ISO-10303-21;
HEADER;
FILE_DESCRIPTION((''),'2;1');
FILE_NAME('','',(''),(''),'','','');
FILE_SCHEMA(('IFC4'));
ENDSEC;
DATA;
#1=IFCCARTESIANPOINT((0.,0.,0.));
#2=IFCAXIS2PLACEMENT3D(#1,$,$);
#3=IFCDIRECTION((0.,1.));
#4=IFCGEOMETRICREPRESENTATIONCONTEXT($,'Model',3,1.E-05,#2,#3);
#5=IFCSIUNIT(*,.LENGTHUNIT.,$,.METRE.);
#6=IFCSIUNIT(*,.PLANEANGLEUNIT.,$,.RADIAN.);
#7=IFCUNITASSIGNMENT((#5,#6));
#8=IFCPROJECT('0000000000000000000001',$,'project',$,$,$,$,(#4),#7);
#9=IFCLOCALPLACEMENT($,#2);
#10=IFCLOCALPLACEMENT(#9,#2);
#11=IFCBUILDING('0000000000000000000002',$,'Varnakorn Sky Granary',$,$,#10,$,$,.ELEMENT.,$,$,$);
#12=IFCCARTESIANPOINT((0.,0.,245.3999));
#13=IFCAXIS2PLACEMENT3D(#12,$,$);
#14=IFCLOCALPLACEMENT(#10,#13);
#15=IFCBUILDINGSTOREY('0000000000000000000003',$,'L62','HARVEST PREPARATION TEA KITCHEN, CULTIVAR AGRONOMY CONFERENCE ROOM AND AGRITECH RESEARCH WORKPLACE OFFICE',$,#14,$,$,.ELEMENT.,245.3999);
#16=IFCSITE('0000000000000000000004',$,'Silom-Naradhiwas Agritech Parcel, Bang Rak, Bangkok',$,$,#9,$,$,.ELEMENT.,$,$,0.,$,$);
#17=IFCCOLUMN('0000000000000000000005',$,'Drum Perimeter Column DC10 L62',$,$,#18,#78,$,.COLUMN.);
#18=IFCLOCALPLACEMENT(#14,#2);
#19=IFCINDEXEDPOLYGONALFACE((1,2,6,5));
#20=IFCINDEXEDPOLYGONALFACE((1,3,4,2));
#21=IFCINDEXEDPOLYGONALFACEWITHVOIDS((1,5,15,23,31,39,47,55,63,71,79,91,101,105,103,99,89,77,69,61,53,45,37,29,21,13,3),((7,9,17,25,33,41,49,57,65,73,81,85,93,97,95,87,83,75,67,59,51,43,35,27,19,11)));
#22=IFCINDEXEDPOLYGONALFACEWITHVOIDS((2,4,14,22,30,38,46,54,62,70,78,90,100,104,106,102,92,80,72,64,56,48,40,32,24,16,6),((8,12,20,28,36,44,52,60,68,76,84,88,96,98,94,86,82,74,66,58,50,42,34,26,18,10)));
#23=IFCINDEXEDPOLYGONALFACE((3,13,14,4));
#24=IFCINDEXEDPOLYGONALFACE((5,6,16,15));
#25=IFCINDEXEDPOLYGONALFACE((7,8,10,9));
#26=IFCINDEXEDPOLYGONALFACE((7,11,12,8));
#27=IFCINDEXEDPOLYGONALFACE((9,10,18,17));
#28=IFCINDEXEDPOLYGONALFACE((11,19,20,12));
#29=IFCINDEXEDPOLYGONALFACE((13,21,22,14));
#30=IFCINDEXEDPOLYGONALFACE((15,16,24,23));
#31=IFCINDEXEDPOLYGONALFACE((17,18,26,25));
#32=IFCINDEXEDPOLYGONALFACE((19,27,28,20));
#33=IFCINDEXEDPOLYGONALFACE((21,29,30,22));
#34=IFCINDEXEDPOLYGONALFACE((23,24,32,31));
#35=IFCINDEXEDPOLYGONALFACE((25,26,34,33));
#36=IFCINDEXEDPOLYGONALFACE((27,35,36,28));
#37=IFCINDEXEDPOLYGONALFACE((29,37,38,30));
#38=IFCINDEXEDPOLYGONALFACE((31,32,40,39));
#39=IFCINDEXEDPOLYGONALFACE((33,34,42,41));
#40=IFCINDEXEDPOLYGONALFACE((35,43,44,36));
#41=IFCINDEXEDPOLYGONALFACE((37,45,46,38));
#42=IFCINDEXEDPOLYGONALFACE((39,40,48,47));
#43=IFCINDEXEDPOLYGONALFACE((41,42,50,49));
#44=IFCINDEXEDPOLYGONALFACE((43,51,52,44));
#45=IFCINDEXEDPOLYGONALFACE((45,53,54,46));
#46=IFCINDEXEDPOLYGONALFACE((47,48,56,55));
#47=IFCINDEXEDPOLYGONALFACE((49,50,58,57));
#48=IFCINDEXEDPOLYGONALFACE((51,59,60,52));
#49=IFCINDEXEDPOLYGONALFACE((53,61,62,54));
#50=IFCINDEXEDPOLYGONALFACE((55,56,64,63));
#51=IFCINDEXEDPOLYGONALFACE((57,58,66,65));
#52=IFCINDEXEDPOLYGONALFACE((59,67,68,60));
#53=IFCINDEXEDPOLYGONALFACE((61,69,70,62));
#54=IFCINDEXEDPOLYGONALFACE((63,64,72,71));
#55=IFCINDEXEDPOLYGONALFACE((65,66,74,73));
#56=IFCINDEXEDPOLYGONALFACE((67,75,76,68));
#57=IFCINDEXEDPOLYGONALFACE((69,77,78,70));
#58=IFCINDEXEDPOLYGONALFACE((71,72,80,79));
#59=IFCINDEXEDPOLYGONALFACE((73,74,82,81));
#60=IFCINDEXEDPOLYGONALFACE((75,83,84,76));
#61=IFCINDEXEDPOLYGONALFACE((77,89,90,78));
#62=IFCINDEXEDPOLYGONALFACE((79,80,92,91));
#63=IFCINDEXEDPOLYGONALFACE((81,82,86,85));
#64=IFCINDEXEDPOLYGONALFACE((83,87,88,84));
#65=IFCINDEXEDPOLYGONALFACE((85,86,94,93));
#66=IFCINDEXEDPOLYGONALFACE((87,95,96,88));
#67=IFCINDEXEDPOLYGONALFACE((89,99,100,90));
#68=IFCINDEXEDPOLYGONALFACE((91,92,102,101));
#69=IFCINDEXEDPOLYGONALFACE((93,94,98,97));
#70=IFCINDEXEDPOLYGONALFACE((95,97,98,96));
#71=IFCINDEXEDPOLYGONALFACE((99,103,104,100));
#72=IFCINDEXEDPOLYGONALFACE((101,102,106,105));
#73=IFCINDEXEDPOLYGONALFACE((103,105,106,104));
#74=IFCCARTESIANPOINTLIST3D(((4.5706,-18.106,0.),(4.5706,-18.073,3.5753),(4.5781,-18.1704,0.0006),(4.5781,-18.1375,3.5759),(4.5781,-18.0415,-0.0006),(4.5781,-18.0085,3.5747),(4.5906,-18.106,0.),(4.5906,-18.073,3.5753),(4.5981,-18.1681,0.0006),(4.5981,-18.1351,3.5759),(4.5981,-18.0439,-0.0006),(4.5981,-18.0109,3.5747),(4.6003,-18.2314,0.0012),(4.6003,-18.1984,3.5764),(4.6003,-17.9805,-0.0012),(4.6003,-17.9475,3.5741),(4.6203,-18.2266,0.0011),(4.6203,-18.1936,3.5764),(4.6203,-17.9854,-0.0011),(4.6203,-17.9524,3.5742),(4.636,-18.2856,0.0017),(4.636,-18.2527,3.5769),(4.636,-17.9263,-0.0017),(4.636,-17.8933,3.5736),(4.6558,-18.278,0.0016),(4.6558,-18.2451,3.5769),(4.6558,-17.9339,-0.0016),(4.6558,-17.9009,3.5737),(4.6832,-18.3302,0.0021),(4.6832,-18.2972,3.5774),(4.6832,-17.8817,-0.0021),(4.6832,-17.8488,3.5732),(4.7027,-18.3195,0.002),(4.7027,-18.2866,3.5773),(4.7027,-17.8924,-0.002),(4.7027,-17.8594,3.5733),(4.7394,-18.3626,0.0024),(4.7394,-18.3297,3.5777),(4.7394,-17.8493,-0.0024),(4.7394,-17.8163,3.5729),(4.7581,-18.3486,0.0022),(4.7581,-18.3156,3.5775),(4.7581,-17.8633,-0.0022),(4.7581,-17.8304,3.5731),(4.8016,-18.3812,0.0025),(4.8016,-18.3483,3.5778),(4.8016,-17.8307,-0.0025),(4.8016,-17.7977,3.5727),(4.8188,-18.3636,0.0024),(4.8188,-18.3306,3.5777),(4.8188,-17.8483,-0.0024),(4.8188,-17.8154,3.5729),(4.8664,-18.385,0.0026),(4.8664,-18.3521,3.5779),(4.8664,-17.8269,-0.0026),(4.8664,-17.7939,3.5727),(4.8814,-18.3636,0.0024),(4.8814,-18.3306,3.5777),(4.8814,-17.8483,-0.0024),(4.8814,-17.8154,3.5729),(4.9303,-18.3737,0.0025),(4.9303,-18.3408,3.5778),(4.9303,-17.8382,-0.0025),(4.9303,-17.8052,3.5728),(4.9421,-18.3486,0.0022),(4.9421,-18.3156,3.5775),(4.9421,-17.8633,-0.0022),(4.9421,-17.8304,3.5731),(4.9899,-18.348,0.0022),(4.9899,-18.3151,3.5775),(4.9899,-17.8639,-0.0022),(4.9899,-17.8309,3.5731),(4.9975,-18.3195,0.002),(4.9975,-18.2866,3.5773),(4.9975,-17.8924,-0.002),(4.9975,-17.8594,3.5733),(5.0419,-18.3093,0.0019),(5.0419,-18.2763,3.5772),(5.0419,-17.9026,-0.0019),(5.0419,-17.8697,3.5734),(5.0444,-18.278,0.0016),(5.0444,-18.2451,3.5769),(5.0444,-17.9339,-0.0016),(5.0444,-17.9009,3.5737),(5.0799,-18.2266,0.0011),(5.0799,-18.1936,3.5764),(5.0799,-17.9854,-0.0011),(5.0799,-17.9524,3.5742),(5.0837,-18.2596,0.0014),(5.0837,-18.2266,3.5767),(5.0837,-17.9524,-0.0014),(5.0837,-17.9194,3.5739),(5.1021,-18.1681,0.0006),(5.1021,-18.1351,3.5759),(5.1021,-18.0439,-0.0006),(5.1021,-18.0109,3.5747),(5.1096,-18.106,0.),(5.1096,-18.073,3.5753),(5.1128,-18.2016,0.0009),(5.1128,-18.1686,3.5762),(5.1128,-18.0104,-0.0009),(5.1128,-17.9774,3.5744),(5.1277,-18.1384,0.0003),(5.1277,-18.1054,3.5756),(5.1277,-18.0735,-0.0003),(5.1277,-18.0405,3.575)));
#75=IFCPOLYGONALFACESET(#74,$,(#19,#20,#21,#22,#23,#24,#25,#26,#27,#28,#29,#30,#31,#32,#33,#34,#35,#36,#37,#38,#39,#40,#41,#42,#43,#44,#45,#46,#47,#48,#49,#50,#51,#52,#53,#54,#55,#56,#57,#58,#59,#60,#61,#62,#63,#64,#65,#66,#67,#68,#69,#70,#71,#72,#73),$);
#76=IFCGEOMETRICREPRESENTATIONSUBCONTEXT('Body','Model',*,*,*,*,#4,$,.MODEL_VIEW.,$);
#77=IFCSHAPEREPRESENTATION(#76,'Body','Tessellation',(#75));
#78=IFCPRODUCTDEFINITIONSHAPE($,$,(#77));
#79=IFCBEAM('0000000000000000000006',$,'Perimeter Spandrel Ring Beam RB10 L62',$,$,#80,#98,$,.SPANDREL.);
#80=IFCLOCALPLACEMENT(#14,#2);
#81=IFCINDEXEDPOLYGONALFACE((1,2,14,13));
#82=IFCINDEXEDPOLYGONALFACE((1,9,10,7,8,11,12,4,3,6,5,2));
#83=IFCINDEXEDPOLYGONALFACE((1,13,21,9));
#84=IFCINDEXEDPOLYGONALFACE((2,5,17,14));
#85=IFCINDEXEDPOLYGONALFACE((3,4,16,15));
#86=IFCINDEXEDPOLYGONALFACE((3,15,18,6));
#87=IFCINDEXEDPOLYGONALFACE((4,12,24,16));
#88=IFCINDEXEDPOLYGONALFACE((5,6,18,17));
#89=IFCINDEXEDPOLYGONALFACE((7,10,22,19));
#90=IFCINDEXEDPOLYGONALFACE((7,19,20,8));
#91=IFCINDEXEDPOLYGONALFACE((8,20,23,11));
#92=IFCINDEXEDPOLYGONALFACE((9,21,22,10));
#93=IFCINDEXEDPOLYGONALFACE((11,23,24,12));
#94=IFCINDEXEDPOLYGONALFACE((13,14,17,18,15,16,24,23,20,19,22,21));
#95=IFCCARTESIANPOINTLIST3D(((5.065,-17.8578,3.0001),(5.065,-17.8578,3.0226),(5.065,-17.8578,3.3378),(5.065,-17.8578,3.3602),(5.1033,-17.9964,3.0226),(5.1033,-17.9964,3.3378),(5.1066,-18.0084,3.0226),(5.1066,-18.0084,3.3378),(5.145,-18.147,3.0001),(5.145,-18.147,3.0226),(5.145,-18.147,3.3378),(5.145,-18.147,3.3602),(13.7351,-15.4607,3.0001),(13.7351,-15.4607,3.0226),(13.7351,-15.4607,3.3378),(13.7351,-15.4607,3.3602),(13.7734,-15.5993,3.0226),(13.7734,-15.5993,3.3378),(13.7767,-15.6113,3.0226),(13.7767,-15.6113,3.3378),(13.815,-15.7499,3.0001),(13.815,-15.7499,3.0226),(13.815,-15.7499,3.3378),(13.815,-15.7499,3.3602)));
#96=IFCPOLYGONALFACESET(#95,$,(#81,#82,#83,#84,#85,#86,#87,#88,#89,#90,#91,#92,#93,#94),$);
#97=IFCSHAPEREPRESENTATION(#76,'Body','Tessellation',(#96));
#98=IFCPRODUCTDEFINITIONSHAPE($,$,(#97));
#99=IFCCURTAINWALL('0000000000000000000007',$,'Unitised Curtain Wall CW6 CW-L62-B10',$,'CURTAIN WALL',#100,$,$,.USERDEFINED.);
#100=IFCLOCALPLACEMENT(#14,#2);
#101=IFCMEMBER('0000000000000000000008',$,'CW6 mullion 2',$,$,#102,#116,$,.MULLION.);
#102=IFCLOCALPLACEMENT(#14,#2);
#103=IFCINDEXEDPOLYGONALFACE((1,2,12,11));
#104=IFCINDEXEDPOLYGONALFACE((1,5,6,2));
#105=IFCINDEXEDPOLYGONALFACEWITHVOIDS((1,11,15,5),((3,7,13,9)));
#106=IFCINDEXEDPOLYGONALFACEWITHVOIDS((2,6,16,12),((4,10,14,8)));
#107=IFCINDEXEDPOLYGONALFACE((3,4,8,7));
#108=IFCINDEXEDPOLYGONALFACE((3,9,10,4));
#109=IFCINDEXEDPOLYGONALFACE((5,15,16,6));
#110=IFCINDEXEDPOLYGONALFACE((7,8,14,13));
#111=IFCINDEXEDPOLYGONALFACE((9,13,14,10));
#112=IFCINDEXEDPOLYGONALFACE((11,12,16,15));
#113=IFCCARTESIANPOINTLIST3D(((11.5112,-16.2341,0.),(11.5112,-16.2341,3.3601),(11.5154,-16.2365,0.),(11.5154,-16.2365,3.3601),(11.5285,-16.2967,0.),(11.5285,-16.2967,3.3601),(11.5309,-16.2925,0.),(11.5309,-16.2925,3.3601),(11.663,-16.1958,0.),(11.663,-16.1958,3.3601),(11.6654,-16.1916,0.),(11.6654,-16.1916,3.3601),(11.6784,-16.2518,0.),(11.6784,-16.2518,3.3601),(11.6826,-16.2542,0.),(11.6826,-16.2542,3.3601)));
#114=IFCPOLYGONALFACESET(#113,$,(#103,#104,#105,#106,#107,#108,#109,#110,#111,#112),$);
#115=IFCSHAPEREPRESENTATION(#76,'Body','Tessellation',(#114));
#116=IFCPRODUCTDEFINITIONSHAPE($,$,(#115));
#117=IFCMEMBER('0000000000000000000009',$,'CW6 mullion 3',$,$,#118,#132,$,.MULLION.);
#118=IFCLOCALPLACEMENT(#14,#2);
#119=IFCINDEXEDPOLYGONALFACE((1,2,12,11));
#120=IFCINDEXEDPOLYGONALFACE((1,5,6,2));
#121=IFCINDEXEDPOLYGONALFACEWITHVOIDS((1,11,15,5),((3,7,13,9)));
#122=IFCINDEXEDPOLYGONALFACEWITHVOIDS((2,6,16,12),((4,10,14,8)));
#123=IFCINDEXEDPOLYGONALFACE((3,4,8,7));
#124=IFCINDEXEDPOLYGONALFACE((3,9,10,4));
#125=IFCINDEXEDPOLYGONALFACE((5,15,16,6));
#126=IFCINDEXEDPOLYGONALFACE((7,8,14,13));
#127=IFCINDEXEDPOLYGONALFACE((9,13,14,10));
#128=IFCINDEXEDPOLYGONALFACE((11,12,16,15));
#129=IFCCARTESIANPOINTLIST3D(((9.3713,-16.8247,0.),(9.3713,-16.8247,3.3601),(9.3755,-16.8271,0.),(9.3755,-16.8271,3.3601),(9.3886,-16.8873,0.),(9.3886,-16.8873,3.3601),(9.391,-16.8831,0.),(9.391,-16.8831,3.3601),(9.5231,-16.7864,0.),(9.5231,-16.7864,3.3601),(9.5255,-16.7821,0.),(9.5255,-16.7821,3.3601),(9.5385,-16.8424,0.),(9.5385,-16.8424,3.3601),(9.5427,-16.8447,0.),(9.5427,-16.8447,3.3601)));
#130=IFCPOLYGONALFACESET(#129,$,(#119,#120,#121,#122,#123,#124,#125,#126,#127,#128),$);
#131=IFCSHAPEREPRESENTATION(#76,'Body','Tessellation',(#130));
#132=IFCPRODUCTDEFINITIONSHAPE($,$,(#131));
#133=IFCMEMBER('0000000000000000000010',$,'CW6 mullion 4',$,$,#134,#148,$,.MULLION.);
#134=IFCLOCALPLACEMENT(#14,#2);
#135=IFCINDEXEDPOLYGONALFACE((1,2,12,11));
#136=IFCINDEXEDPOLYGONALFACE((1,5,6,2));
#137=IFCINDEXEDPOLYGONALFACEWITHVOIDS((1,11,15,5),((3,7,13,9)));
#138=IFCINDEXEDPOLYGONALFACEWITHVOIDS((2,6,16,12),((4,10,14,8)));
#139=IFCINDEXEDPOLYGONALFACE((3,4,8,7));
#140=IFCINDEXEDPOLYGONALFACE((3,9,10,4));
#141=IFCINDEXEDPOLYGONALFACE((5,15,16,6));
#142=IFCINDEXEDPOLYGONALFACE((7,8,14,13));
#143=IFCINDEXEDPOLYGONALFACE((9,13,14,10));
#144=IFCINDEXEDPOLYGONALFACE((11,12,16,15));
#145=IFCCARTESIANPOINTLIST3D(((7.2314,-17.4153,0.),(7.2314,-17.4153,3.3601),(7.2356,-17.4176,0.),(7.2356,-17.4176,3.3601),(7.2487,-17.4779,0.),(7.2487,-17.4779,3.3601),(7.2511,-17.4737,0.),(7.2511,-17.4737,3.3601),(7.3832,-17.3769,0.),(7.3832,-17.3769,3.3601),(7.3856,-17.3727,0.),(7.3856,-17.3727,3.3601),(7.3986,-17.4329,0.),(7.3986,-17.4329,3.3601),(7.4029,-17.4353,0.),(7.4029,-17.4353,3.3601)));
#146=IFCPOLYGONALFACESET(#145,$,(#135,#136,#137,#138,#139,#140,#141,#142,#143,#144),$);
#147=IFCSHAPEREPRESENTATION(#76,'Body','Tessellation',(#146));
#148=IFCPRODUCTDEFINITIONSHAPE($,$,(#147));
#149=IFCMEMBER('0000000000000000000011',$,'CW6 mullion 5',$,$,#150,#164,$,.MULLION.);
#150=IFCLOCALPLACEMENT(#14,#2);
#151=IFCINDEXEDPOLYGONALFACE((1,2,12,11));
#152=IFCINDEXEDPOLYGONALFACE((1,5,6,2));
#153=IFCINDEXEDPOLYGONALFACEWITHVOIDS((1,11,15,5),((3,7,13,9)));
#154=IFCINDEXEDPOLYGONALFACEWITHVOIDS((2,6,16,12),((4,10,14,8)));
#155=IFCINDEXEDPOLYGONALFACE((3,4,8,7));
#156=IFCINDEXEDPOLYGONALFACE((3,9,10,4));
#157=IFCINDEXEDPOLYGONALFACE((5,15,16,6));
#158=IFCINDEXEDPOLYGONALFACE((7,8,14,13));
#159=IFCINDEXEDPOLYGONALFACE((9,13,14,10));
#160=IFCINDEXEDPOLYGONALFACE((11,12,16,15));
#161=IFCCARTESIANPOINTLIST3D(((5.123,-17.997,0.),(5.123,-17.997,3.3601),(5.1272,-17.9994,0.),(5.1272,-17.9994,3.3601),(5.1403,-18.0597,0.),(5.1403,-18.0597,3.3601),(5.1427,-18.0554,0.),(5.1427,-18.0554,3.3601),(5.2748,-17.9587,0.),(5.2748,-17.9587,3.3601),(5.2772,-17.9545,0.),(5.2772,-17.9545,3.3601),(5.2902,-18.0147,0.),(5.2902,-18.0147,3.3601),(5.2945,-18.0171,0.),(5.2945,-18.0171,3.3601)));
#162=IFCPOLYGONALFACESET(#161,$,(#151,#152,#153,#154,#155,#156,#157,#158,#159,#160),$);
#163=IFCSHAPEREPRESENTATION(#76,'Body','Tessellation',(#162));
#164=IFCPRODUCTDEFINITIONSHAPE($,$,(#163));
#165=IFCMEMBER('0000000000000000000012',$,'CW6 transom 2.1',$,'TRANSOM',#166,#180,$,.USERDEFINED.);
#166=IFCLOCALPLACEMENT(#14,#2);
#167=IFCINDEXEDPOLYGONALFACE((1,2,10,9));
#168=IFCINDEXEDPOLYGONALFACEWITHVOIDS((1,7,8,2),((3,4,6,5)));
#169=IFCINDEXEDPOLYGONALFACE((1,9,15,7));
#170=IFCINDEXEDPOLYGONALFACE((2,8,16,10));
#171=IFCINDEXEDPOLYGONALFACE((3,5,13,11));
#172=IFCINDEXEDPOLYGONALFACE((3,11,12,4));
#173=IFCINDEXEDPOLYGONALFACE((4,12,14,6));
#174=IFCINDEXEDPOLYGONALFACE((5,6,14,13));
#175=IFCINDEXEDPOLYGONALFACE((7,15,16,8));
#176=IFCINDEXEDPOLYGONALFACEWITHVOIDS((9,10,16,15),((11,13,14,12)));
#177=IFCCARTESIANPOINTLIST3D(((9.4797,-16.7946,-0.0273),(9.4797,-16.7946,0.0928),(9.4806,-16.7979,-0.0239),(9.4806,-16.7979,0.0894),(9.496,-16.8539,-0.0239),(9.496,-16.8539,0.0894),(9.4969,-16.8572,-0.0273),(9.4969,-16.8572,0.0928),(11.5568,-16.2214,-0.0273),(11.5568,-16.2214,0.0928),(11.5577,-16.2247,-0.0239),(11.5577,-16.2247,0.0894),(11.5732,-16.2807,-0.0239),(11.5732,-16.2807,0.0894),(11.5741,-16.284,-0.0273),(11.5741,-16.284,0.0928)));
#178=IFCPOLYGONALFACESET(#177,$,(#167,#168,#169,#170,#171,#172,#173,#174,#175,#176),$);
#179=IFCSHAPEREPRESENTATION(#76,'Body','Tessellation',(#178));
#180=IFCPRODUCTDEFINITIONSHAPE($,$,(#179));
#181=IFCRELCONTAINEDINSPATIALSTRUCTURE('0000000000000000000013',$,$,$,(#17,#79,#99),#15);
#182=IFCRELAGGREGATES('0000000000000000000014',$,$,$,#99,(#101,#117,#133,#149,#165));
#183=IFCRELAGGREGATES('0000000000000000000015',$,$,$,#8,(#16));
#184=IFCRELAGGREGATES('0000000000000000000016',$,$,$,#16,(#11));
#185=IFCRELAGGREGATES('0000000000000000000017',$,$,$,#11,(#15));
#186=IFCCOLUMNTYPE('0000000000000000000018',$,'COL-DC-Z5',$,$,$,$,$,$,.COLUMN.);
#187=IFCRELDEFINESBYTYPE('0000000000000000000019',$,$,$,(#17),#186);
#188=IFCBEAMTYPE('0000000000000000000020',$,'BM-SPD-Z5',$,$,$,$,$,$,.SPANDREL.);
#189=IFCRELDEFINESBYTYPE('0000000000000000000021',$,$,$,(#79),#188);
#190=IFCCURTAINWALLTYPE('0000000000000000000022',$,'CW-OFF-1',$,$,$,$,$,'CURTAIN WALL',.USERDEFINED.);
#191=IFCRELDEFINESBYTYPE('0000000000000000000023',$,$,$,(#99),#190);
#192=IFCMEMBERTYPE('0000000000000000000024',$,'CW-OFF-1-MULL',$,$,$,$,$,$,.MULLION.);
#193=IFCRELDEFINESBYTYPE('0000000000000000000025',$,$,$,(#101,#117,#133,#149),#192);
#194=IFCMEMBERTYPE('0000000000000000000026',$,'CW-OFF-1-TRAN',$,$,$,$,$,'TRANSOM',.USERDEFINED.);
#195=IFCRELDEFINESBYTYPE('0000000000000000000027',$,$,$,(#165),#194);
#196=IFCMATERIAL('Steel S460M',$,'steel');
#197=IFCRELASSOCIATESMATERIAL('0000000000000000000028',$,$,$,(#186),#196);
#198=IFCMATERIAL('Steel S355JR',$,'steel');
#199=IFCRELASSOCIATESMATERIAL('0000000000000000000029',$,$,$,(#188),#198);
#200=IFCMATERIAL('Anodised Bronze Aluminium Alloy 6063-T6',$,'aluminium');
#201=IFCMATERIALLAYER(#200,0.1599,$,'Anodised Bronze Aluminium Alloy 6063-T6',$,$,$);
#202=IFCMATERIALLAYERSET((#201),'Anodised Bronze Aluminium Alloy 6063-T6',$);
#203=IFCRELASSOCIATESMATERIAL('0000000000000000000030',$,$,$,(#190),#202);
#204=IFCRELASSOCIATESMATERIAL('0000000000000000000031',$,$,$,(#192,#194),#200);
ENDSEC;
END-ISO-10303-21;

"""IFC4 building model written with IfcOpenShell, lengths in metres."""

from ifc_helpers import new_model, si_unit, direction, frame, origin, origin_2d, place, context, subcontext, project, spatial, hollow_rectangle, hollow_circle, i_section, extrude, material, layer, layer_set, material_profile, profile_set, type_object, element, aggregate, save


model = new_model("IFC4")

# Units and contexts
model_context = context("Model", 3, precision=1e-05, world=origin(), true_north=direction((0.0, 1.0)))
body_context = subcontext(model_context, "Body", "Model", "MODEL_VIEW")
ifc_project = project(units=[si_unit("LENGTHUNIT", "METRE"), si_unit("PLANEANGLEUNIT", "RADIAN")], contexts=[model_context])

# Site, building, storey
site_placement = place(None, origin())
site = spatial("IfcSite", under=ifc_project, at=site_placement, Name="Silom-Naradhiwas Agritech Parcel, Bang Rak, Bangkok", CompositionType="ELEMENT", RefElevation=0.0)
building_placement = place(site_placement, origin())
building = spatial("IfcBuilding", under=site, at=building_placement, Name="Varnakorn Sky Granary", CompositionType="ELEMENT")
storey_placement = place(building_placement, frame((0.0, 0.0, 245.3999)))
storey = spatial("IfcBuildingStorey", under=building, at=storey_placement, Name="L62", Description="HARVEST PREPARATION TEA KITCHEN, CULTIVAR AGRONOMY CONFERENCE ROOM AND AGRITECH RESEARCH WORKPLACE OFFICE", CompositionType="ELEMENT", Elevation=245.3999)

# Column
ifc_material_1 = material(Name="Steel S460M", Category="steel")
ifc_material_profile_1 = material_profile(ifc_material_1, hollow_circle(Radius=0.2795, WallThickness=0.02, at=origin_2d()), Name="CHS 559x20")
ifc_profile_set_1 = profile_set([ifc_material_profile_1], Name="Steel S460M")
column_type = type_object("IfcColumnType", Name="COL-DC-Z5", PredefinedType="COLUMN", material=ifc_profile_set_1)
column_placement = place(storey_placement, frame((4.8501, -18.106, 0.0), z_axis=(0.0, 0.009218, 0.999958), x_axis=(-1.0, 0.0, 0.0)))
element("IfcColumn", 1, at=column_placement, inside=storey, type_object=column_type, Name="Drum Perimeter Column DC10 L62", PredefinedType="COLUMN", context=body_context, shape_type="SweptSolid", body=[
    extrude(hollow_circle(Radius=0.2795, WallThickness=0.02, at=origin_2d()), origin(), (0.0, 0.0, 1.0), 3.5754),
])

# Beam
ifc_material_2 = material(Name="Steel S355JR", Category="steel")
ifc_material_profile_2 = material_profile(ifc_material_2, i_section(OverallWidth=0.3, OverallDepth=0.3601, WebThickness=0.0125, FlangeThickness=0.0225, at=origin_2d()), Name="HE 360 B")
ifc_profile_set_2 = profile_set([ifc_material_profile_2], Name="Steel S355JR")
beam_type = type_object("IfcBeamType", Name="BM-SPD-Z5", PredefinedType="SPANDREL", material=ifc_profile_set_2)
beam_placement = place(storey_placement, frame((5.105, -18.0024, 3.1802), z_axis=(0.963837, 0.266492, 0.0), x_axis=(-0.266492, 0.963837, 0.0)))
element("IfcBeam", 2, at=beam_placement, inside=storey, type_object=beam_type, Name="Perimeter Spandrel Ring Beam RB10 L62", PredefinedType="SPANDREL", context=body_context, shape_type="SweptSolid", body=[
    extrude(i_section(OverallWidth=0.3, OverallDepth=0.3601, WebThickness=0.0125, FlangeThickness=0.0225, at=origin_2d()), origin(), (0.0, 0.0, 1.0), 8.9954),
])

# Curtain wall, members
ifc_material_3 = material(Name="Anodised Bronze Aluminium Alloy 6063-T6", Category="aluminium")
ifc_layer_1 = layer(ifc_material_3, 0.1599, Name="Anodised Bronze Aluminium Alloy 6063-T6")
ifc_layer_set_1 = layer_set([ifc_layer_1], Name="Anodised Bronze Aluminium Alloy 6063-T6")
curtain_wall_type = type_object("IfcCurtainWallType", Name="CW-OFF-1", ElementType="CURTAIN WALL", PredefinedType="USERDEFINED", material=ifc_layer_set_1)
curtain_wall_placement = place(storey_placement, origin())
curtain_wall = element("IfcCurtainWall", 3, at=curtain_wall_placement, inside=storey, type_object=curtain_wall_type, Name="Unitised Curtain Wall CW6 CW-L62-B10", ObjectType="CURTAIN WALL", PredefinedType="USERDEFINED")
ifc_material_profile_3 = material_profile(ifc_material_3, hollow_rectangle(XDim=0.0649, YDim=0.1599, WallThickness=0.0034, at=origin_2d()), Name="ALU MULL 65x160")
ifc_profile_set_3 = profile_set([ifc_material_profile_3], Name="Anodised Bronze Aluminium Alloy 6063-T6")
member_type_1 = type_object("IfcMemberType", Name="CW-OFF-1-MULL", PredefinedType="MULLION", material=ifc_profile_set_3)
member_1_placement = place(storey_placement, frame((11.5969, -16.2441, 0.0), z_axis=(0.0, 0.0, 1.0), x_axis=(0.266022, -0.963967, 0.0)))
member_1 = element("IfcMember", 4, at=member_1_placement, type_object=member_type_1, Name="CW6 mullion 2", PredefinedType="MULLION", context=body_context, shape_type="SweptSolid", body=[
    extrude(hollow_rectangle(XDim=0.0649, YDim=0.1599, WallThickness=0.0034, at=origin_2d()), origin(), (0.0, 0.0, 1.0), 3.3601),
])
member_2_placement = place(storey_placement, frame((9.457, -16.8347, 0.0), z_axis=(0.0, 0.0, 1.0), x_axis=(0.266022, -0.963967, 0.0)))
member_2 = element("IfcMember", 5, at=member_2_placement, type_object=member_type_1, Name="CW6 mullion 3", PredefinedType="MULLION", context=body_context, shape_type="SweptSolid", body=[
    extrude(hollow_rectangle(XDim=0.0649, YDim=0.1599, WallThickness=0.0034, at=origin_2d()), origin(), (0.0, 0.0, 1.0), 3.3601),
])
member_3_placement = place(storey_placement, frame((7.3171, -17.4253, 0.0), z_axis=(0.0, 0.0, 1.0), x_axis=(0.266022, -0.963967, 0.0)))
member_3 = element("IfcMember", 6, at=member_3_placement, type_object=member_type_1, Name="CW6 mullion 4", PredefinedType="MULLION", context=body_context, shape_type="SweptSolid", body=[
    extrude(hollow_rectangle(XDim=0.0649, YDim=0.1599, WallThickness=0.0034, at=origin_2d()), origin(), (0.0, 0.0, 1.0), 3.3601),
])
member_4_placement = place(storey_placement, frame((5.2087, -18.0071, 0.0), z_axis=(0.0, 0.0, 1.0), x_axis=(0.266022, -0.963967, 0.0)))
member_4 = element("IfcMember", 7, at=member_4_placement, type_object=member_type_1, Name="CW6 mullion 5", PredefinedType="MULLION", context=body_context, shape_type="SweptSolid", body=[
    extrude(hollow_rectangle(XDim=0.0649, YDim=0.1599, WallThickness=0.0034, at=origin_2d()), origin(), (0.0, 0.0, 1.0), 3.3601),
])
ifc_material_profile_4 = material_profile(ifc_material_3, hollow_rectangle(XDim=0.0649, YDim=0.1201, WallThickness=0.0034, at=origin_2d()), Name="ALU TRAN 65x120")
ifc_profile_set_4 = profile_set([ifc_material_profile_4], Name="Anodised Bronze Aluminium Alloy 6063-T6")
member_type_2 = type_object("IfcMemberType", Name="CW-OFF-1-TRAN", ElementType="TRANSOM", PredefinedType="USERDEFINED", material=ifc_profile_set_4)
member_5_placement = place(storey_placement, frame((11.5654, -16.2527, 0.0327), z_axis=(-0.963965, -0.266031, 0.0), x_axis=(0.266031, -0.963965, 0.0)))
member_5 = element("IfcMember", 8, at=member_5_placement, type_object=member_type_2, Name="CW6 transom 2.1", ObjectType="TRANSOM", PredefinedType="USERDEFINED", context=body_context, shape_type="SweptSolid", body=[
    extrude(hollow_rectangle(XDim=0.0649, YDim=0.1201, WallThickness=0.0034, at=origin_2d()), origin(), (0.0, 0.0, 1.0), 2.1548),
])

aggregate(curtain_wall, [member_1, member_2, member_3, member_4, member_5])

save(model, "model.ifc")
